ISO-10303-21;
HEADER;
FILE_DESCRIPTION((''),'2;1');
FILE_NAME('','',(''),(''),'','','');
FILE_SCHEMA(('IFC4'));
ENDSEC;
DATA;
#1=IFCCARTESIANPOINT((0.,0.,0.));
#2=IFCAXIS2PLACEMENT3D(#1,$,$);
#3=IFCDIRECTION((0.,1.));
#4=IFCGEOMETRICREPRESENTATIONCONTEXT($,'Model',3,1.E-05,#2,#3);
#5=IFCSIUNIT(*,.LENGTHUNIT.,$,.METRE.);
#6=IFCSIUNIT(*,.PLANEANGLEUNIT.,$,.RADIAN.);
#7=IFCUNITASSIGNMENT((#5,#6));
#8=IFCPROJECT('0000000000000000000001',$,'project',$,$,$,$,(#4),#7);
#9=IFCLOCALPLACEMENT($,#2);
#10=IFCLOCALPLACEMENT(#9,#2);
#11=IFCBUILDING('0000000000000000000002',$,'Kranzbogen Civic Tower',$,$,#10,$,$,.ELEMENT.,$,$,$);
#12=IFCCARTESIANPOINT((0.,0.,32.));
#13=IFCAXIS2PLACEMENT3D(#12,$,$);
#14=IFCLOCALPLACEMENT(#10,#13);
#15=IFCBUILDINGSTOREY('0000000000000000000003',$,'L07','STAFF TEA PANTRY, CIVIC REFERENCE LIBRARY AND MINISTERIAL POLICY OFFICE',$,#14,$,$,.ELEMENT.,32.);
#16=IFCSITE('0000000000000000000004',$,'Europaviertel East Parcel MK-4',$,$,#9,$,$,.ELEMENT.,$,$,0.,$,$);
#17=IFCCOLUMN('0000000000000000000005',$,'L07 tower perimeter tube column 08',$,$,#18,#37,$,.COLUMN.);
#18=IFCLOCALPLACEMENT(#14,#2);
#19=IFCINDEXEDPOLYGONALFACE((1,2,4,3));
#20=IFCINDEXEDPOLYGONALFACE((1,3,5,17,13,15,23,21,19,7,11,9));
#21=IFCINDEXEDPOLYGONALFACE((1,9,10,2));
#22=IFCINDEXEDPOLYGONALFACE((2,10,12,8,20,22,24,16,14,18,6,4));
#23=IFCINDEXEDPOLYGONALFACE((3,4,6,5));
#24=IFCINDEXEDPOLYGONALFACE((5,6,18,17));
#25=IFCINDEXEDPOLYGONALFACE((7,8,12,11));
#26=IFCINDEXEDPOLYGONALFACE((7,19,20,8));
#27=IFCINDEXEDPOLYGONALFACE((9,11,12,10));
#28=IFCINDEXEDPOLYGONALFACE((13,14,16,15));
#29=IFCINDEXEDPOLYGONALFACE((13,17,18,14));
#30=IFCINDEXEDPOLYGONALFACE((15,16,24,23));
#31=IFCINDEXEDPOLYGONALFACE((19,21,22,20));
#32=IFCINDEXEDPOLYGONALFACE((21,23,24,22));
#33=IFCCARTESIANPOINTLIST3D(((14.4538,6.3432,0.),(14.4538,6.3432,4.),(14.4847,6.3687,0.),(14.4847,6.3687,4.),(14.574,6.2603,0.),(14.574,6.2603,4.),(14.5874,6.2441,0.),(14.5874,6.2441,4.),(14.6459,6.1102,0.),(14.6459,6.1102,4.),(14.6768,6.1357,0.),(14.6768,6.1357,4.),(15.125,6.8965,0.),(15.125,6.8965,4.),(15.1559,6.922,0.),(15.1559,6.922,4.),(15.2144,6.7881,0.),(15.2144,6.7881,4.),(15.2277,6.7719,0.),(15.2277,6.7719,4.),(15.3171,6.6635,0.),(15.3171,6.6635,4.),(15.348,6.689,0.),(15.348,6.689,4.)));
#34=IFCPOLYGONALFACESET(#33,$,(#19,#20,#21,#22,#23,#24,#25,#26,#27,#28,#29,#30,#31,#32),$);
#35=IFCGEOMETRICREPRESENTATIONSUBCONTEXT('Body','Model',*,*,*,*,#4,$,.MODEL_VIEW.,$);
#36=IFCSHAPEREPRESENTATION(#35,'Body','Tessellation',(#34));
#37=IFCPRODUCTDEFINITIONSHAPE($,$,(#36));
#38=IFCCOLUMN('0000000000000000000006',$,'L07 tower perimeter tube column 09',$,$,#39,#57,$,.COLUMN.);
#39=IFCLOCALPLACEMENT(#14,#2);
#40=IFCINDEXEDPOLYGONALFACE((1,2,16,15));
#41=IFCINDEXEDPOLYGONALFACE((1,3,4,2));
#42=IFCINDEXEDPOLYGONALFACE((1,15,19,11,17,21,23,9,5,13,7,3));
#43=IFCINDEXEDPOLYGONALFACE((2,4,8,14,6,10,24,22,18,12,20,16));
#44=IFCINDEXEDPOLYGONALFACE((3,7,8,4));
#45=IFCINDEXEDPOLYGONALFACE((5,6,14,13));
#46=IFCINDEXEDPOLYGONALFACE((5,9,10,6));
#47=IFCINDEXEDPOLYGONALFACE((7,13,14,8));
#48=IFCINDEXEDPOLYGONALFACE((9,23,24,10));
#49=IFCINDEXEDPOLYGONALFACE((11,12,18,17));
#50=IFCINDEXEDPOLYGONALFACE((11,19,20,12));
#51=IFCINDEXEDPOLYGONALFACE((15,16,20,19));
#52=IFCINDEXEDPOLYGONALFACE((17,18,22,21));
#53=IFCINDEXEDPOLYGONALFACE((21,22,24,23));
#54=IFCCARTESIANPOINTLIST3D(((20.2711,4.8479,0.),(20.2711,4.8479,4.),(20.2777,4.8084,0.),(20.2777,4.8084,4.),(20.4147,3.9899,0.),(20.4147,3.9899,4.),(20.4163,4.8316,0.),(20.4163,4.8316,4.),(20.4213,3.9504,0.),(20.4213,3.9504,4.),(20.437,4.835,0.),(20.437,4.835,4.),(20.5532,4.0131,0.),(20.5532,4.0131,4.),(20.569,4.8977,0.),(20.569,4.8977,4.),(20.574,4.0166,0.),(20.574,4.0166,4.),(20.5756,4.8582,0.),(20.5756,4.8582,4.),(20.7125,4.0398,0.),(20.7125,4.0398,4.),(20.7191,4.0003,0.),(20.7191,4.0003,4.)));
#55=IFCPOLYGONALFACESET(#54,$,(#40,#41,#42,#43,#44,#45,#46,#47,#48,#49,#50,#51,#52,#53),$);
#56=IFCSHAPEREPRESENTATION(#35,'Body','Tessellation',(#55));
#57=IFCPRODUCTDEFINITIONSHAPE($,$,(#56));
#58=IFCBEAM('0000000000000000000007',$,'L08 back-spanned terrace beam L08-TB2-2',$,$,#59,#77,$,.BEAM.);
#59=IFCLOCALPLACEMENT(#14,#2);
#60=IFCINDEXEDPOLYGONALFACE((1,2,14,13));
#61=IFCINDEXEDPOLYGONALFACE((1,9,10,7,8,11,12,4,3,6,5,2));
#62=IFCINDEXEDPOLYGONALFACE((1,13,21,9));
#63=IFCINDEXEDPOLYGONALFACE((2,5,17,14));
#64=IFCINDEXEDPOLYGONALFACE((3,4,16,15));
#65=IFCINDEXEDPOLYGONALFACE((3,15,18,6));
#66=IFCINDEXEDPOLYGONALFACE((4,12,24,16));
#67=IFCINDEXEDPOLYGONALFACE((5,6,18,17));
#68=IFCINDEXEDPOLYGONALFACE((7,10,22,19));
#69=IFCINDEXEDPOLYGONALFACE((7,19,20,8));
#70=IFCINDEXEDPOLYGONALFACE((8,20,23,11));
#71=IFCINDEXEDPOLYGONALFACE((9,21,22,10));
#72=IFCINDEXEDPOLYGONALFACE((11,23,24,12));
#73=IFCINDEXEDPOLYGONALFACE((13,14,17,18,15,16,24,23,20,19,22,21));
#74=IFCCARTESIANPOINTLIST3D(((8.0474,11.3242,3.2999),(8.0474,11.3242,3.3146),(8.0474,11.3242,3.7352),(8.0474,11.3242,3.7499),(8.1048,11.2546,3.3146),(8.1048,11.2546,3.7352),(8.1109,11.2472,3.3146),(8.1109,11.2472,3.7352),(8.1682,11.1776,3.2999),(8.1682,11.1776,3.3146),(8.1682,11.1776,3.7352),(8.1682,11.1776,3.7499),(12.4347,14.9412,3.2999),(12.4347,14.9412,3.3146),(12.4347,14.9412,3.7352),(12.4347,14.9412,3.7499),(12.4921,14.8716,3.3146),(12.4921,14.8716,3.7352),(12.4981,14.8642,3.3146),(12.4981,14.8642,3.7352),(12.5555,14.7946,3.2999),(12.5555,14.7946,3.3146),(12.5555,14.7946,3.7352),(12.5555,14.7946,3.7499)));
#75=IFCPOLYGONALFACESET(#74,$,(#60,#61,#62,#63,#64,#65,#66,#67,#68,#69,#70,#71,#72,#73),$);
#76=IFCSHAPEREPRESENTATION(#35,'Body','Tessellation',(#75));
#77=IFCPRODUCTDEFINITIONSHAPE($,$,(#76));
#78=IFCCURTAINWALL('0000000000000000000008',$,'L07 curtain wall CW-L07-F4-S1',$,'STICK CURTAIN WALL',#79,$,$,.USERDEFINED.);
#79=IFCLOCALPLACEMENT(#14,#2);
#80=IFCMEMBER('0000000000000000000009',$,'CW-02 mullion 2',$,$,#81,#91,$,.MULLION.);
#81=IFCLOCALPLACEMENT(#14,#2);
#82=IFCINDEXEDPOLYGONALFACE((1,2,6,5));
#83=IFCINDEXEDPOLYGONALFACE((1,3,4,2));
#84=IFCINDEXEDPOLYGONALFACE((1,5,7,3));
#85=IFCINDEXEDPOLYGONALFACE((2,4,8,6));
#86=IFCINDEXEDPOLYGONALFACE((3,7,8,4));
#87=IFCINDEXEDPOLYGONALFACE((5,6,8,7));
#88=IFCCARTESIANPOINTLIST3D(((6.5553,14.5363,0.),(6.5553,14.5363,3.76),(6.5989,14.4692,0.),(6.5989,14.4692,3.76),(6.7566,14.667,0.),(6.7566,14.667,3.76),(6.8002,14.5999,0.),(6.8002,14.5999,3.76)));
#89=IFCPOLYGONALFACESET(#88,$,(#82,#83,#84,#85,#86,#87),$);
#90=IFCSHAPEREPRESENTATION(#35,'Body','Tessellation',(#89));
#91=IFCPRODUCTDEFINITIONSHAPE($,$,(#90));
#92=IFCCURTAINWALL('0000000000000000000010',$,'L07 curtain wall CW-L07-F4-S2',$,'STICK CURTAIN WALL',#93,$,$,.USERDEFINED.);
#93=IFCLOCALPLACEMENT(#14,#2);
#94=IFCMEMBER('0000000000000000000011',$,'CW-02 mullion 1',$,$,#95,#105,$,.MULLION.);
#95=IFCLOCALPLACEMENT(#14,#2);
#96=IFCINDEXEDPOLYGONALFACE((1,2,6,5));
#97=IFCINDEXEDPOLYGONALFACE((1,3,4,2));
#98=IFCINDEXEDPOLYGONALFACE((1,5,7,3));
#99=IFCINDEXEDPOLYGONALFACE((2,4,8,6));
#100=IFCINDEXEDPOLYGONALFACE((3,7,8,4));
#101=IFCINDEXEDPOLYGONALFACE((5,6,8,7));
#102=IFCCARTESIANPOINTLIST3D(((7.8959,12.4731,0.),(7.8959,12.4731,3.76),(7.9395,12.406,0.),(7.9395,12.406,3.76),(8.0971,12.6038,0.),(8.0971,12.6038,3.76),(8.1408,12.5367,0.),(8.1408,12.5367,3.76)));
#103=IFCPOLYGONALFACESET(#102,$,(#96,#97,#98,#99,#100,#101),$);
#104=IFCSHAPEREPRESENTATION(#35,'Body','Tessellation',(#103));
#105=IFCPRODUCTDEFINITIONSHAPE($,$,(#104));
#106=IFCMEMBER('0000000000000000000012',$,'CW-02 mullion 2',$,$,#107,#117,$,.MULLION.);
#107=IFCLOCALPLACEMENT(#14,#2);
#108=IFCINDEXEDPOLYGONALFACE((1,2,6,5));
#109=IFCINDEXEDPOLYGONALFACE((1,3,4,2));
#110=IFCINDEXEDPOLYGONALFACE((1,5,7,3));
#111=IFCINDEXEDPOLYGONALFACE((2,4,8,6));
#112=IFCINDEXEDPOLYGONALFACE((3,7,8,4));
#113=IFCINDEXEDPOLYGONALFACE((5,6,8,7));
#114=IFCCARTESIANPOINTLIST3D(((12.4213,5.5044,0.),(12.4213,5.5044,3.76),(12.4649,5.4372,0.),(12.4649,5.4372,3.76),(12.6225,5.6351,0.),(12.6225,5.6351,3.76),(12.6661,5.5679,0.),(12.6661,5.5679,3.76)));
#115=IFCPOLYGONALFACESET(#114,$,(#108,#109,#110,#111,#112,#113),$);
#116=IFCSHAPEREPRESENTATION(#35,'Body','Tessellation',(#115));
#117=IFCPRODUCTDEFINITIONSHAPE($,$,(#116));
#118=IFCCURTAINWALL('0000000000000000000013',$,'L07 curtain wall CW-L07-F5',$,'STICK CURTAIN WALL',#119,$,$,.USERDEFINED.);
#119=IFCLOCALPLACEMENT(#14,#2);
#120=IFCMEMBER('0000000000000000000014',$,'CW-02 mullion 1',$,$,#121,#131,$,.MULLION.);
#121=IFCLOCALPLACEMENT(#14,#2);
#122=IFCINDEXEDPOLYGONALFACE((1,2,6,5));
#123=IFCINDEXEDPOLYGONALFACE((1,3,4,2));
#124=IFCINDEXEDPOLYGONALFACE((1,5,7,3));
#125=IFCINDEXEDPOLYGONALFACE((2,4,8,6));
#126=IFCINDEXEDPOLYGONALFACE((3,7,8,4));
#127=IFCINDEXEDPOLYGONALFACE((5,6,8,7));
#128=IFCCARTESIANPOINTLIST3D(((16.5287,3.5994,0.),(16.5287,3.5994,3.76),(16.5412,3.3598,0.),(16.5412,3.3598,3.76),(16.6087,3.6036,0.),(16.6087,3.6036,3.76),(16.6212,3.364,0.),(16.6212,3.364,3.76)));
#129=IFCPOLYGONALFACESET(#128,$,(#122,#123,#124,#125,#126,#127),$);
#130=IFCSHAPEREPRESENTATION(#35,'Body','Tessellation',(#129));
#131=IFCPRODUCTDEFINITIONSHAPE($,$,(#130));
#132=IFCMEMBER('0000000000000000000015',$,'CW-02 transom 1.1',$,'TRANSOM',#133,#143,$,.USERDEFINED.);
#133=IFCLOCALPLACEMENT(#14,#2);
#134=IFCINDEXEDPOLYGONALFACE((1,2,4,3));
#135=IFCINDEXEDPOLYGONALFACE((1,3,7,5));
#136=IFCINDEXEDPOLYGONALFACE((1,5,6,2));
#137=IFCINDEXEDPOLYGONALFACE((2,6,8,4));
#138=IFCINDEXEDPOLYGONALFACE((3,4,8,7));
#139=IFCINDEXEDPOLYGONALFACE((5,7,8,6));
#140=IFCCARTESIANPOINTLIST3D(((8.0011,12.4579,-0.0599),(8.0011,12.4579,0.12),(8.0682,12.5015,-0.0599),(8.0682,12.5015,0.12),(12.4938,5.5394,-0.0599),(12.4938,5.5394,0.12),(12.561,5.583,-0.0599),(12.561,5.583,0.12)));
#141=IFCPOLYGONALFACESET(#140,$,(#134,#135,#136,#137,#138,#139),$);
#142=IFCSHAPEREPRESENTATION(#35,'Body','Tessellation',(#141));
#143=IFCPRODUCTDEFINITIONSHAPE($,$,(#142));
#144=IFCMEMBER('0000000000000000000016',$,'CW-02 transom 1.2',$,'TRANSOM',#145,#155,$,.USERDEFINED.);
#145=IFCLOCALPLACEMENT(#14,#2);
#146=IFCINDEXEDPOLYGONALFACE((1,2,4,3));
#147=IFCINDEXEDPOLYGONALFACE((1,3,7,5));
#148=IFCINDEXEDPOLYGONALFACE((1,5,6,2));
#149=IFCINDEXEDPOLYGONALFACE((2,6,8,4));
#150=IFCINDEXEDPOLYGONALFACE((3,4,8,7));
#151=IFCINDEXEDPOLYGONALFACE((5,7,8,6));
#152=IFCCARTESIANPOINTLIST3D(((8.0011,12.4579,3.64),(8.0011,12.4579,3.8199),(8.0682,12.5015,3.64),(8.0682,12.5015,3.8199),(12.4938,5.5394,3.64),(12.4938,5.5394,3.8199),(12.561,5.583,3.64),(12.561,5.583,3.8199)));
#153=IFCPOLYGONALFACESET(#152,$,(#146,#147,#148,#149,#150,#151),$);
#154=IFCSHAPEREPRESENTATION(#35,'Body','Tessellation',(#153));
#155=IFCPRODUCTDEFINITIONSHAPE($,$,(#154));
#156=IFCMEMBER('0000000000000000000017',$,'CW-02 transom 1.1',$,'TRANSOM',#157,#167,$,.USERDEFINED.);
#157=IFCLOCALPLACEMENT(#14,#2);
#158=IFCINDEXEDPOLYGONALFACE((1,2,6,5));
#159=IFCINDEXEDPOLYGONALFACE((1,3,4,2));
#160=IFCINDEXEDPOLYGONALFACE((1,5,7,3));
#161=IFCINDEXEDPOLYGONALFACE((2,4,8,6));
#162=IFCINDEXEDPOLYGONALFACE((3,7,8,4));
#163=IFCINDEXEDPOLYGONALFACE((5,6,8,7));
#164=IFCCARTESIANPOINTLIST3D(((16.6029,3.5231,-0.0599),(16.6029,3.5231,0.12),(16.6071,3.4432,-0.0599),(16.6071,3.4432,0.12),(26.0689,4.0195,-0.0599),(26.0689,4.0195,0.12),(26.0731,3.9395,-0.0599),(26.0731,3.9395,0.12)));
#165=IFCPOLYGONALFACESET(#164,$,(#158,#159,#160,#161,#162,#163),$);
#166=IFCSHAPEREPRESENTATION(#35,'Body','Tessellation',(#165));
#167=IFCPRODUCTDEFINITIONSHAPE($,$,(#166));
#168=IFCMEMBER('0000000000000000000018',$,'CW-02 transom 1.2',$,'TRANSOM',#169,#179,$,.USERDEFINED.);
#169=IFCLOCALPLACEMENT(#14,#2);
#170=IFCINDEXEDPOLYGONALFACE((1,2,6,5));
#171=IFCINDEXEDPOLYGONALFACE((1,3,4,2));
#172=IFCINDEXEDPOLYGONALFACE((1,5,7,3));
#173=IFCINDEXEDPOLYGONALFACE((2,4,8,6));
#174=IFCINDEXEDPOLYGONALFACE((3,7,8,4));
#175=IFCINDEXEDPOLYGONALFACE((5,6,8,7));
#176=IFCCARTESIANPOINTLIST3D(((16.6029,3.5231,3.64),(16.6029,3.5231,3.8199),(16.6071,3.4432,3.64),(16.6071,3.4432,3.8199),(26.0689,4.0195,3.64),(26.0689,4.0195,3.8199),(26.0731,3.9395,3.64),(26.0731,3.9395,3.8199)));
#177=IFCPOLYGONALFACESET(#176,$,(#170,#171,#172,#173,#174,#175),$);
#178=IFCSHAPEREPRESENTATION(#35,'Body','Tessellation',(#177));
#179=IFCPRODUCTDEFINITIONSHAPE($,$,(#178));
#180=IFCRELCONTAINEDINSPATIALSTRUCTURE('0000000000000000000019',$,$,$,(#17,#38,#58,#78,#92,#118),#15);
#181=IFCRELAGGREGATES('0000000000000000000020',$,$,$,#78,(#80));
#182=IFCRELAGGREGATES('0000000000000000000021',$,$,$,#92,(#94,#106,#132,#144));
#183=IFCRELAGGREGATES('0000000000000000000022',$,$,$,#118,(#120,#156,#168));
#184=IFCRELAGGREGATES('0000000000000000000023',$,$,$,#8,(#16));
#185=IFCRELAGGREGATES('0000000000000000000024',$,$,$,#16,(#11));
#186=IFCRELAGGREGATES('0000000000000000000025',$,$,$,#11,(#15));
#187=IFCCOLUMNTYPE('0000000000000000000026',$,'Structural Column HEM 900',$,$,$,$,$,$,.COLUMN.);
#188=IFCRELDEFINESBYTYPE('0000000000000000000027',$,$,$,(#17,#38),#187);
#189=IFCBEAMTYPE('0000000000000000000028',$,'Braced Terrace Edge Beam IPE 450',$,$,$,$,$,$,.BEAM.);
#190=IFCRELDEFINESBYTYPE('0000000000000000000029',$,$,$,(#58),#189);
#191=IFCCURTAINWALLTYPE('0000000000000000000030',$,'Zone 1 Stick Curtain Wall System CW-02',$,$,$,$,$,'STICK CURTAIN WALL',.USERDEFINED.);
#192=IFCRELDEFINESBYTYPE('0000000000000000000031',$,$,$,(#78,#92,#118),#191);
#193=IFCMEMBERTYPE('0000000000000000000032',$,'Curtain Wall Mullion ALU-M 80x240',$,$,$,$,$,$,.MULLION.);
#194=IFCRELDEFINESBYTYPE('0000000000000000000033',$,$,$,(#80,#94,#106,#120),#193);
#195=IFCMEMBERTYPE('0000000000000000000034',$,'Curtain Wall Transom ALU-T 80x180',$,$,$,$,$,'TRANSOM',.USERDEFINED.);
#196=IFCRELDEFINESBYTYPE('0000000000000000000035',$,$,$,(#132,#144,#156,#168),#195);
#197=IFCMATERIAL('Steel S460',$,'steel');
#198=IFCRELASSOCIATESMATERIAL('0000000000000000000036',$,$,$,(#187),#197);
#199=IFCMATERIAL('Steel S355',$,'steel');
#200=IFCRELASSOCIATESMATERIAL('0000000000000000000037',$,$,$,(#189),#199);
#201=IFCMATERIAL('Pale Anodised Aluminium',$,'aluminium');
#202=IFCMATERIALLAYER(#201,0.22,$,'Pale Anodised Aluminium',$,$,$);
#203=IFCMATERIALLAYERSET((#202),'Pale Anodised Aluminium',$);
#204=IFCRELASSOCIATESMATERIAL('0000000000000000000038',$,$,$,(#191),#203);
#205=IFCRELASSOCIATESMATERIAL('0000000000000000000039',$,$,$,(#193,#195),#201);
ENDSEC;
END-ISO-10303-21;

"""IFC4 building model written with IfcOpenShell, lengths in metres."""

from ifc_helpers import new_model, si_unit, direction, frame, origin, origin_2d, place, context, subcontext, project, spatial, rectangle, i_section, extrude, material, layer, layer_set, material_profile, profile_set, type_object, element, aggregate, save


model = new_model("IFC4")

# Units and contexts
model_context = context("Model", 3, precision=1e-05, world=origin(), true_north=direction((0.0, 1.0)))
body_context = subcontext(model_context, "Body", "Model", "MODEL_VIEW")
ifc_project = project(units=[si_unit("LENGTHUNIT", "METRE"), si_unit("PLANEANGLEUNIT", "RADIAN")], contexts=[model_context])

# Site, building, storey
site_placement = place(None, origin())
site = spatial("IfcSite", under=ifc_project, at=site_placement, Name="Europaviertel East Parcel MK-4", CompositionType="ELEMENT", RefElevation=0.0)
building_placement = place(site_placement, origin())
building = spatial("IfcBuilding", under=site, at=building_placement, Name="Kranzbogen Civic Tower", CompositionType="ELEMENT")
storey_placement = place(building_placement, frame((0.0, 0.0, 32.0)))
storey = spatial("IfcBuildingStorey", under=building, at=storey_placement, Name="L07", Description="STAFF TEA PANTRY, CIVIC REFERENCE LIBRARY AND MINISTERIAL POLICY OFFICE", CompositionType="ELEMENT", Elevation=32.0)

# Columns
ifc_material_1 = material(Name="Steel S460", Category="steel")
ifc_material_profile_1 = material_profile(ifc_material_1, i_section(OverallWidth=0.302, OverallDepth=0.9099, WebThickness=0.021, FlangeThickness=0.04, at=origin_2d()), Name="HEM 900")
ifc_profile_set_1 = profile_set([ifc_material_profile_1], Name="Steel S460")
column_type = type_object("IfcColumnType", Name="Structural Column HEM 900", PredefinedType="COLUMN", material=ifc_profile_set_1)
for number, where, z_axis, x_axis, name in (
    (1, (14.9009, 6.5161, 0.0), (0.0, 0.0, 1.0), (-0.636078, 0.771625, 0.0), "L07 tower perimeter tube column 08"),
    (2, (20.4951, 4.4241, 0.0), (0.0, 0.0, 1.0), (0.986286, 0.165048, 0.0), "L07 tower perimeter tube column 09"),
):
    element("IfcColumn", number, at=place(storey_placement, frame(where, z_axis=z_axis, x_axis=x_axis)), inside=storey, type_object=column_type, Name=name, PredefinedType="COLUMN", context=body_context, shape_type="SweptSolid", body=[
        extrude(i_section(OverallWidth=0.302, OverallDepth=0.9099, WebThickness=0.021, FlangeThickness=0.04, at=origin_2d()), origin(), (0.0, 0.0, 1.0), 4.0),
    ])

# Beam
ifc_material_2 = material(Name="Steel S355", Category="steel")
ifc_material_profile_2 = material_profile(ifc_material_2, i_section(OverallWidth=0.1899, OverallDepth=0.45, WebThickness=0.0095, FlangeThickness=0.0146, at=origin_2d()), Name="IPE 450")
ifc_profile_set_2 = profile_set([ifc_material_profile_2], Name="Steel S355")
beam_type_1 = type_object("IfcBeamType", Name="Braced Terrace Edge Beam IPE 450", PredefinedType="BEAM", material=ifc_profile_set_2)
beam_1_placement = place(storey_placement, frame((12.4951, 14.8679, 3.5249), z_axis=(-0.771589, -0.636121, 0.0), x_axis=(0.636121, -0.771589, 0.0)))
element("IfcBeam", 3, at=beam_1_placement, inside=storey, type_object=beam_type_1, Name="L08 back-spanned terrace beam L08-TB2-2", PredefinedType="BEAM", context=body_context, shape_type="SweptSolid", body=[
    extrude(i_section(OverallWidth=0.1899, OverallDepth=0.45, WebThickness=0.0095, FlangeThickness=0.0146, at=origin_2d()), origin(), (0.0, 0.0, 1.0), 5.686),
])

# Curtain wall, member
ifc_material_3 = material(Name="Pale Anodised Aluminium", Category="aluminium")
ifc_layer_1 = layer(ifc_material_3, 0.22, Name="Pale Anodised Aluminium")
ifc_layer_set_1 = layer_set([ifc_layer_1], Name="Pale Anodised Aluminium")
curtain_wall_type = type_object("IfcCurtainWallType", Name="Zone 1 Stick Curtain Wall System CW-02", ElementType="STICK CURTAIN WALL", PredefinedType="USERDEFINED", material=ifc_layer_set_1)
curtain_wall_1_placement = place(storey_placement, origin())
curtain_wall_1 = element("IfcCurtainWall", 4, at=curtain_wall_1_placement, inside=storey, type_object=curtain_wall_type, Name="L07 curtain wall CW-L07-F4-S1", ObjectType="STICK CURTAIN WALL", PredefinedType="USERDEFINED")
ifc_material_profile_3 = material_profile(ifc_material_3, rectangle(XDim=0.0801, YDim=0.24, at=origin_2d()), Name="ALU-M 80x240")
ifc_profile_set_3 = profile_set([ifc_material_profile_3], Name="Pale Anodised Aluminium")
member_type_1 = type_object("IfcMemberType", Name="Curtain Wall Mullion ALU-M 80x240", PredefinedType="MULLION", material=ifc_profile_set_3)
member_1_placement = place(storey_placement, frame((6.6777, 14.5681, 0.0), z_axis=(0.0, 0.0, 1.0), x_axis=(0.544623, -0.838681, 0.0)))
member_1 = element("IfcMember", 5, at=member_1_placement, type_object=member_type_1, Name="CW-02 mullion 2", PredefinedType="MULLION", context=body_context, shape_type="SweptSolid", body=[
    extrude(rectangle(XDim=0.0801, YDim=0.24, at=origin_2d()), origin(), (0.0, 0.0, 1.0), 3.76),
])
aggregate(curtain_wall_1, [member_1])

# Curtain wall, members
curtain_wall_2_placement = place(storey_placement, origin())
curtain_wall_2 = element("IfcCurtainWall", 6, at=curtain_wall_2_placement, inside=storey, type_object=curtain_wall_type, Name="L07 curtain wall CW-L07-F4-S2", ObjectType="STICK CURTAIN WALL", PredefinedType="USERDEFINED")
member_2_placement = place(storey_placement, frame((8.0183, 12.5049, 0.0), z_axis=(0.0, 0.0, 1.0), x_axis=(0.544623, -0.838681, 0.0)))
member_2 = element("IfcMember", 7, at=member_2_placement, type_object=member_type_1, Name="CW-02 mullion 1", PredefinedType="MULLION", context=body_context, shape_type="SweptSolid", body=[
    extrude(rectangle(XDim=0.0801, YDim=0.24, at=origin_2d()), origin(), (0.0, 0.0, 1.0), 3.76),
])
member_3_placement = place(storey_placement, frame((12.5437, 5.5361, 0.0), z_axis=(0.0, 0.0, 1.0), x_axis=(0.544623, -0.838681, 0.0)))
member_3 = element("IfcMember", 8, at=member_3_placement, type_object=member_type_1, Name="CW-02 mullion 2", PredefinedType="MULLION", context=body_context, shape_type="SweptSolid", body=[
    extrude(rectangle(XDim=0.0801, YDim=0.24, at=origin_2d()), origin(), (0.0, 0.0, 1.0), 3.76),
])

# Curtain wall, member
curtain_wall_3_placement = place(storey_placement, origin())
curtain_wall_3 = element("IfcCurtainWall", 9, at=curtain_wall_3_placement, inside=storey, type_object=curtain_wall_type, Name="L07 curtain wall CW-L07-F5", ObjectType="STICK CURTAIN WALL", PredefinedType="USERDEFINED")
member_4_placement = place(storey_placement, frame((16.575, 3.4817, 0.0), z_axis=(0.0, 0.0, 1.0), x_axis=(0.998628, 0.052356, 0.0)))
member_4 = element("IfcMember", 10, at=member_4_placement, type_object=member_type_1, Name="CW-02 mullion 1", PredefinedType="MULLION", context=body_context, shape_type="SweptSolid", body=[
    extrude(rectangle(XDim=0.0801, YDim=0.24, at=origin_2d()), origin(), (0.0, 0.0, 1.0), 3.76),
])

# Members
ifc_material_profile_4 = material_profile(ifc_material_3, rectangle(XDim=0.0801, YDim=0.1799, at=origin_2d()), Name="ALU-T 80x180")
ifc_profile_set_4 = profile_set([ifc_material_profile_4], Name="Pale Anodised Aluminium")
member_type_2 = type_object("IfcMemberType", Name="Curtain Wall Transom ALU-T 80x180", ElementType="TRANSOM", PredefinedType="USERDEFINED", material=ifc_profile_set_4)
member_5_placement = place(storey_placement, frame((8.0347, 12.4797, 0.03), z_axis=(0.54462, -0.838683, 0.0), x_axis=(0.838683, 0.54462, 0.0)))
member_5 = element("IfcMember", 11, at=member_5_placement, type_object=member_type_2, Name="CW-02 transom 1.1", ObjectType="TRANSOM", PredefinedType="USERDEFINED", context=body_context, shape_type="SweptSolid", body=[
    extrude(rectangle(XDim=0.0801, YDim=0.1799, at=origin_2d()), origin(), (0.0, 0.0, 1.0), 8.2493),
])
member_6_placement = place(storey_placement, frame((8.0347, 12.4797, 3.73), z_axis=(0.54462, -0.838683, 0.0), x_axis=(0.838683, 0.54462, 0.0)))
member_6 = element("IfcMember", 12, at=member_6_placement, type_object=member_type_2, Name="CW-02 transom 1.2", ObjectType="TRANSOM", PredefinedType="USERDEFINED", context=body_context, shape_type="SweptSolid", body=[
    extrude(rectangle(XDim=0.0801, YDim=0.1799, at=origin_2d()), origin(), (0.0, 0.0, 1.0), 8.2493),
])
member_7_placement = place(storey_placement, frame((16.605, 3.4832, 0.03), z_axis=(0.998628, 0.052361, 0.0), x_axis=(-0.052361, 0.998628, 0.0)))
member_7 = element("IfcMember", 13, at=member_7_placement, type_object=member_type_2, Name="CW-02 transom 1.1", ObjectType="TRANSOM", PredefinedType="USERDEFINED", context=body_context, shape_type="SweptSolid", body=[
    extrude(rectangle(XDim=0.0801, YDim=0.1799, at=origin_2d()), origin(), (0.0, 0.0, 1.0), 9.479),
])
member_8_placement = place(storey_placement, frame((16.605, 3.4832, 3.73), z_axis=(0.998628, 0.052361, 0.0), x_axis=(-0.052361, 0.998628, 0.0)))
member_8 = element("IfcMember", 14, at=member_8_placement, type_object=member_type_2, Name="CW-02 transom 1.2", ObjectType="TRANSOM", PredefinedType="USERDEFINED", context=body_context, shape_type="SweptSolid", body=[
    extrude(rectangle(XDim=0.0801, YDim=0.1799, at=origin_2d()), origin(), (0.0, 0.0, 1.0), 9.479),
])

aggregate(curtain_wall_2, [member_2, member_3, member_5, member_6])
aggregate(curtain_wall_3, [member_4, member_7, member_8])

save(model, "model.ifc")
